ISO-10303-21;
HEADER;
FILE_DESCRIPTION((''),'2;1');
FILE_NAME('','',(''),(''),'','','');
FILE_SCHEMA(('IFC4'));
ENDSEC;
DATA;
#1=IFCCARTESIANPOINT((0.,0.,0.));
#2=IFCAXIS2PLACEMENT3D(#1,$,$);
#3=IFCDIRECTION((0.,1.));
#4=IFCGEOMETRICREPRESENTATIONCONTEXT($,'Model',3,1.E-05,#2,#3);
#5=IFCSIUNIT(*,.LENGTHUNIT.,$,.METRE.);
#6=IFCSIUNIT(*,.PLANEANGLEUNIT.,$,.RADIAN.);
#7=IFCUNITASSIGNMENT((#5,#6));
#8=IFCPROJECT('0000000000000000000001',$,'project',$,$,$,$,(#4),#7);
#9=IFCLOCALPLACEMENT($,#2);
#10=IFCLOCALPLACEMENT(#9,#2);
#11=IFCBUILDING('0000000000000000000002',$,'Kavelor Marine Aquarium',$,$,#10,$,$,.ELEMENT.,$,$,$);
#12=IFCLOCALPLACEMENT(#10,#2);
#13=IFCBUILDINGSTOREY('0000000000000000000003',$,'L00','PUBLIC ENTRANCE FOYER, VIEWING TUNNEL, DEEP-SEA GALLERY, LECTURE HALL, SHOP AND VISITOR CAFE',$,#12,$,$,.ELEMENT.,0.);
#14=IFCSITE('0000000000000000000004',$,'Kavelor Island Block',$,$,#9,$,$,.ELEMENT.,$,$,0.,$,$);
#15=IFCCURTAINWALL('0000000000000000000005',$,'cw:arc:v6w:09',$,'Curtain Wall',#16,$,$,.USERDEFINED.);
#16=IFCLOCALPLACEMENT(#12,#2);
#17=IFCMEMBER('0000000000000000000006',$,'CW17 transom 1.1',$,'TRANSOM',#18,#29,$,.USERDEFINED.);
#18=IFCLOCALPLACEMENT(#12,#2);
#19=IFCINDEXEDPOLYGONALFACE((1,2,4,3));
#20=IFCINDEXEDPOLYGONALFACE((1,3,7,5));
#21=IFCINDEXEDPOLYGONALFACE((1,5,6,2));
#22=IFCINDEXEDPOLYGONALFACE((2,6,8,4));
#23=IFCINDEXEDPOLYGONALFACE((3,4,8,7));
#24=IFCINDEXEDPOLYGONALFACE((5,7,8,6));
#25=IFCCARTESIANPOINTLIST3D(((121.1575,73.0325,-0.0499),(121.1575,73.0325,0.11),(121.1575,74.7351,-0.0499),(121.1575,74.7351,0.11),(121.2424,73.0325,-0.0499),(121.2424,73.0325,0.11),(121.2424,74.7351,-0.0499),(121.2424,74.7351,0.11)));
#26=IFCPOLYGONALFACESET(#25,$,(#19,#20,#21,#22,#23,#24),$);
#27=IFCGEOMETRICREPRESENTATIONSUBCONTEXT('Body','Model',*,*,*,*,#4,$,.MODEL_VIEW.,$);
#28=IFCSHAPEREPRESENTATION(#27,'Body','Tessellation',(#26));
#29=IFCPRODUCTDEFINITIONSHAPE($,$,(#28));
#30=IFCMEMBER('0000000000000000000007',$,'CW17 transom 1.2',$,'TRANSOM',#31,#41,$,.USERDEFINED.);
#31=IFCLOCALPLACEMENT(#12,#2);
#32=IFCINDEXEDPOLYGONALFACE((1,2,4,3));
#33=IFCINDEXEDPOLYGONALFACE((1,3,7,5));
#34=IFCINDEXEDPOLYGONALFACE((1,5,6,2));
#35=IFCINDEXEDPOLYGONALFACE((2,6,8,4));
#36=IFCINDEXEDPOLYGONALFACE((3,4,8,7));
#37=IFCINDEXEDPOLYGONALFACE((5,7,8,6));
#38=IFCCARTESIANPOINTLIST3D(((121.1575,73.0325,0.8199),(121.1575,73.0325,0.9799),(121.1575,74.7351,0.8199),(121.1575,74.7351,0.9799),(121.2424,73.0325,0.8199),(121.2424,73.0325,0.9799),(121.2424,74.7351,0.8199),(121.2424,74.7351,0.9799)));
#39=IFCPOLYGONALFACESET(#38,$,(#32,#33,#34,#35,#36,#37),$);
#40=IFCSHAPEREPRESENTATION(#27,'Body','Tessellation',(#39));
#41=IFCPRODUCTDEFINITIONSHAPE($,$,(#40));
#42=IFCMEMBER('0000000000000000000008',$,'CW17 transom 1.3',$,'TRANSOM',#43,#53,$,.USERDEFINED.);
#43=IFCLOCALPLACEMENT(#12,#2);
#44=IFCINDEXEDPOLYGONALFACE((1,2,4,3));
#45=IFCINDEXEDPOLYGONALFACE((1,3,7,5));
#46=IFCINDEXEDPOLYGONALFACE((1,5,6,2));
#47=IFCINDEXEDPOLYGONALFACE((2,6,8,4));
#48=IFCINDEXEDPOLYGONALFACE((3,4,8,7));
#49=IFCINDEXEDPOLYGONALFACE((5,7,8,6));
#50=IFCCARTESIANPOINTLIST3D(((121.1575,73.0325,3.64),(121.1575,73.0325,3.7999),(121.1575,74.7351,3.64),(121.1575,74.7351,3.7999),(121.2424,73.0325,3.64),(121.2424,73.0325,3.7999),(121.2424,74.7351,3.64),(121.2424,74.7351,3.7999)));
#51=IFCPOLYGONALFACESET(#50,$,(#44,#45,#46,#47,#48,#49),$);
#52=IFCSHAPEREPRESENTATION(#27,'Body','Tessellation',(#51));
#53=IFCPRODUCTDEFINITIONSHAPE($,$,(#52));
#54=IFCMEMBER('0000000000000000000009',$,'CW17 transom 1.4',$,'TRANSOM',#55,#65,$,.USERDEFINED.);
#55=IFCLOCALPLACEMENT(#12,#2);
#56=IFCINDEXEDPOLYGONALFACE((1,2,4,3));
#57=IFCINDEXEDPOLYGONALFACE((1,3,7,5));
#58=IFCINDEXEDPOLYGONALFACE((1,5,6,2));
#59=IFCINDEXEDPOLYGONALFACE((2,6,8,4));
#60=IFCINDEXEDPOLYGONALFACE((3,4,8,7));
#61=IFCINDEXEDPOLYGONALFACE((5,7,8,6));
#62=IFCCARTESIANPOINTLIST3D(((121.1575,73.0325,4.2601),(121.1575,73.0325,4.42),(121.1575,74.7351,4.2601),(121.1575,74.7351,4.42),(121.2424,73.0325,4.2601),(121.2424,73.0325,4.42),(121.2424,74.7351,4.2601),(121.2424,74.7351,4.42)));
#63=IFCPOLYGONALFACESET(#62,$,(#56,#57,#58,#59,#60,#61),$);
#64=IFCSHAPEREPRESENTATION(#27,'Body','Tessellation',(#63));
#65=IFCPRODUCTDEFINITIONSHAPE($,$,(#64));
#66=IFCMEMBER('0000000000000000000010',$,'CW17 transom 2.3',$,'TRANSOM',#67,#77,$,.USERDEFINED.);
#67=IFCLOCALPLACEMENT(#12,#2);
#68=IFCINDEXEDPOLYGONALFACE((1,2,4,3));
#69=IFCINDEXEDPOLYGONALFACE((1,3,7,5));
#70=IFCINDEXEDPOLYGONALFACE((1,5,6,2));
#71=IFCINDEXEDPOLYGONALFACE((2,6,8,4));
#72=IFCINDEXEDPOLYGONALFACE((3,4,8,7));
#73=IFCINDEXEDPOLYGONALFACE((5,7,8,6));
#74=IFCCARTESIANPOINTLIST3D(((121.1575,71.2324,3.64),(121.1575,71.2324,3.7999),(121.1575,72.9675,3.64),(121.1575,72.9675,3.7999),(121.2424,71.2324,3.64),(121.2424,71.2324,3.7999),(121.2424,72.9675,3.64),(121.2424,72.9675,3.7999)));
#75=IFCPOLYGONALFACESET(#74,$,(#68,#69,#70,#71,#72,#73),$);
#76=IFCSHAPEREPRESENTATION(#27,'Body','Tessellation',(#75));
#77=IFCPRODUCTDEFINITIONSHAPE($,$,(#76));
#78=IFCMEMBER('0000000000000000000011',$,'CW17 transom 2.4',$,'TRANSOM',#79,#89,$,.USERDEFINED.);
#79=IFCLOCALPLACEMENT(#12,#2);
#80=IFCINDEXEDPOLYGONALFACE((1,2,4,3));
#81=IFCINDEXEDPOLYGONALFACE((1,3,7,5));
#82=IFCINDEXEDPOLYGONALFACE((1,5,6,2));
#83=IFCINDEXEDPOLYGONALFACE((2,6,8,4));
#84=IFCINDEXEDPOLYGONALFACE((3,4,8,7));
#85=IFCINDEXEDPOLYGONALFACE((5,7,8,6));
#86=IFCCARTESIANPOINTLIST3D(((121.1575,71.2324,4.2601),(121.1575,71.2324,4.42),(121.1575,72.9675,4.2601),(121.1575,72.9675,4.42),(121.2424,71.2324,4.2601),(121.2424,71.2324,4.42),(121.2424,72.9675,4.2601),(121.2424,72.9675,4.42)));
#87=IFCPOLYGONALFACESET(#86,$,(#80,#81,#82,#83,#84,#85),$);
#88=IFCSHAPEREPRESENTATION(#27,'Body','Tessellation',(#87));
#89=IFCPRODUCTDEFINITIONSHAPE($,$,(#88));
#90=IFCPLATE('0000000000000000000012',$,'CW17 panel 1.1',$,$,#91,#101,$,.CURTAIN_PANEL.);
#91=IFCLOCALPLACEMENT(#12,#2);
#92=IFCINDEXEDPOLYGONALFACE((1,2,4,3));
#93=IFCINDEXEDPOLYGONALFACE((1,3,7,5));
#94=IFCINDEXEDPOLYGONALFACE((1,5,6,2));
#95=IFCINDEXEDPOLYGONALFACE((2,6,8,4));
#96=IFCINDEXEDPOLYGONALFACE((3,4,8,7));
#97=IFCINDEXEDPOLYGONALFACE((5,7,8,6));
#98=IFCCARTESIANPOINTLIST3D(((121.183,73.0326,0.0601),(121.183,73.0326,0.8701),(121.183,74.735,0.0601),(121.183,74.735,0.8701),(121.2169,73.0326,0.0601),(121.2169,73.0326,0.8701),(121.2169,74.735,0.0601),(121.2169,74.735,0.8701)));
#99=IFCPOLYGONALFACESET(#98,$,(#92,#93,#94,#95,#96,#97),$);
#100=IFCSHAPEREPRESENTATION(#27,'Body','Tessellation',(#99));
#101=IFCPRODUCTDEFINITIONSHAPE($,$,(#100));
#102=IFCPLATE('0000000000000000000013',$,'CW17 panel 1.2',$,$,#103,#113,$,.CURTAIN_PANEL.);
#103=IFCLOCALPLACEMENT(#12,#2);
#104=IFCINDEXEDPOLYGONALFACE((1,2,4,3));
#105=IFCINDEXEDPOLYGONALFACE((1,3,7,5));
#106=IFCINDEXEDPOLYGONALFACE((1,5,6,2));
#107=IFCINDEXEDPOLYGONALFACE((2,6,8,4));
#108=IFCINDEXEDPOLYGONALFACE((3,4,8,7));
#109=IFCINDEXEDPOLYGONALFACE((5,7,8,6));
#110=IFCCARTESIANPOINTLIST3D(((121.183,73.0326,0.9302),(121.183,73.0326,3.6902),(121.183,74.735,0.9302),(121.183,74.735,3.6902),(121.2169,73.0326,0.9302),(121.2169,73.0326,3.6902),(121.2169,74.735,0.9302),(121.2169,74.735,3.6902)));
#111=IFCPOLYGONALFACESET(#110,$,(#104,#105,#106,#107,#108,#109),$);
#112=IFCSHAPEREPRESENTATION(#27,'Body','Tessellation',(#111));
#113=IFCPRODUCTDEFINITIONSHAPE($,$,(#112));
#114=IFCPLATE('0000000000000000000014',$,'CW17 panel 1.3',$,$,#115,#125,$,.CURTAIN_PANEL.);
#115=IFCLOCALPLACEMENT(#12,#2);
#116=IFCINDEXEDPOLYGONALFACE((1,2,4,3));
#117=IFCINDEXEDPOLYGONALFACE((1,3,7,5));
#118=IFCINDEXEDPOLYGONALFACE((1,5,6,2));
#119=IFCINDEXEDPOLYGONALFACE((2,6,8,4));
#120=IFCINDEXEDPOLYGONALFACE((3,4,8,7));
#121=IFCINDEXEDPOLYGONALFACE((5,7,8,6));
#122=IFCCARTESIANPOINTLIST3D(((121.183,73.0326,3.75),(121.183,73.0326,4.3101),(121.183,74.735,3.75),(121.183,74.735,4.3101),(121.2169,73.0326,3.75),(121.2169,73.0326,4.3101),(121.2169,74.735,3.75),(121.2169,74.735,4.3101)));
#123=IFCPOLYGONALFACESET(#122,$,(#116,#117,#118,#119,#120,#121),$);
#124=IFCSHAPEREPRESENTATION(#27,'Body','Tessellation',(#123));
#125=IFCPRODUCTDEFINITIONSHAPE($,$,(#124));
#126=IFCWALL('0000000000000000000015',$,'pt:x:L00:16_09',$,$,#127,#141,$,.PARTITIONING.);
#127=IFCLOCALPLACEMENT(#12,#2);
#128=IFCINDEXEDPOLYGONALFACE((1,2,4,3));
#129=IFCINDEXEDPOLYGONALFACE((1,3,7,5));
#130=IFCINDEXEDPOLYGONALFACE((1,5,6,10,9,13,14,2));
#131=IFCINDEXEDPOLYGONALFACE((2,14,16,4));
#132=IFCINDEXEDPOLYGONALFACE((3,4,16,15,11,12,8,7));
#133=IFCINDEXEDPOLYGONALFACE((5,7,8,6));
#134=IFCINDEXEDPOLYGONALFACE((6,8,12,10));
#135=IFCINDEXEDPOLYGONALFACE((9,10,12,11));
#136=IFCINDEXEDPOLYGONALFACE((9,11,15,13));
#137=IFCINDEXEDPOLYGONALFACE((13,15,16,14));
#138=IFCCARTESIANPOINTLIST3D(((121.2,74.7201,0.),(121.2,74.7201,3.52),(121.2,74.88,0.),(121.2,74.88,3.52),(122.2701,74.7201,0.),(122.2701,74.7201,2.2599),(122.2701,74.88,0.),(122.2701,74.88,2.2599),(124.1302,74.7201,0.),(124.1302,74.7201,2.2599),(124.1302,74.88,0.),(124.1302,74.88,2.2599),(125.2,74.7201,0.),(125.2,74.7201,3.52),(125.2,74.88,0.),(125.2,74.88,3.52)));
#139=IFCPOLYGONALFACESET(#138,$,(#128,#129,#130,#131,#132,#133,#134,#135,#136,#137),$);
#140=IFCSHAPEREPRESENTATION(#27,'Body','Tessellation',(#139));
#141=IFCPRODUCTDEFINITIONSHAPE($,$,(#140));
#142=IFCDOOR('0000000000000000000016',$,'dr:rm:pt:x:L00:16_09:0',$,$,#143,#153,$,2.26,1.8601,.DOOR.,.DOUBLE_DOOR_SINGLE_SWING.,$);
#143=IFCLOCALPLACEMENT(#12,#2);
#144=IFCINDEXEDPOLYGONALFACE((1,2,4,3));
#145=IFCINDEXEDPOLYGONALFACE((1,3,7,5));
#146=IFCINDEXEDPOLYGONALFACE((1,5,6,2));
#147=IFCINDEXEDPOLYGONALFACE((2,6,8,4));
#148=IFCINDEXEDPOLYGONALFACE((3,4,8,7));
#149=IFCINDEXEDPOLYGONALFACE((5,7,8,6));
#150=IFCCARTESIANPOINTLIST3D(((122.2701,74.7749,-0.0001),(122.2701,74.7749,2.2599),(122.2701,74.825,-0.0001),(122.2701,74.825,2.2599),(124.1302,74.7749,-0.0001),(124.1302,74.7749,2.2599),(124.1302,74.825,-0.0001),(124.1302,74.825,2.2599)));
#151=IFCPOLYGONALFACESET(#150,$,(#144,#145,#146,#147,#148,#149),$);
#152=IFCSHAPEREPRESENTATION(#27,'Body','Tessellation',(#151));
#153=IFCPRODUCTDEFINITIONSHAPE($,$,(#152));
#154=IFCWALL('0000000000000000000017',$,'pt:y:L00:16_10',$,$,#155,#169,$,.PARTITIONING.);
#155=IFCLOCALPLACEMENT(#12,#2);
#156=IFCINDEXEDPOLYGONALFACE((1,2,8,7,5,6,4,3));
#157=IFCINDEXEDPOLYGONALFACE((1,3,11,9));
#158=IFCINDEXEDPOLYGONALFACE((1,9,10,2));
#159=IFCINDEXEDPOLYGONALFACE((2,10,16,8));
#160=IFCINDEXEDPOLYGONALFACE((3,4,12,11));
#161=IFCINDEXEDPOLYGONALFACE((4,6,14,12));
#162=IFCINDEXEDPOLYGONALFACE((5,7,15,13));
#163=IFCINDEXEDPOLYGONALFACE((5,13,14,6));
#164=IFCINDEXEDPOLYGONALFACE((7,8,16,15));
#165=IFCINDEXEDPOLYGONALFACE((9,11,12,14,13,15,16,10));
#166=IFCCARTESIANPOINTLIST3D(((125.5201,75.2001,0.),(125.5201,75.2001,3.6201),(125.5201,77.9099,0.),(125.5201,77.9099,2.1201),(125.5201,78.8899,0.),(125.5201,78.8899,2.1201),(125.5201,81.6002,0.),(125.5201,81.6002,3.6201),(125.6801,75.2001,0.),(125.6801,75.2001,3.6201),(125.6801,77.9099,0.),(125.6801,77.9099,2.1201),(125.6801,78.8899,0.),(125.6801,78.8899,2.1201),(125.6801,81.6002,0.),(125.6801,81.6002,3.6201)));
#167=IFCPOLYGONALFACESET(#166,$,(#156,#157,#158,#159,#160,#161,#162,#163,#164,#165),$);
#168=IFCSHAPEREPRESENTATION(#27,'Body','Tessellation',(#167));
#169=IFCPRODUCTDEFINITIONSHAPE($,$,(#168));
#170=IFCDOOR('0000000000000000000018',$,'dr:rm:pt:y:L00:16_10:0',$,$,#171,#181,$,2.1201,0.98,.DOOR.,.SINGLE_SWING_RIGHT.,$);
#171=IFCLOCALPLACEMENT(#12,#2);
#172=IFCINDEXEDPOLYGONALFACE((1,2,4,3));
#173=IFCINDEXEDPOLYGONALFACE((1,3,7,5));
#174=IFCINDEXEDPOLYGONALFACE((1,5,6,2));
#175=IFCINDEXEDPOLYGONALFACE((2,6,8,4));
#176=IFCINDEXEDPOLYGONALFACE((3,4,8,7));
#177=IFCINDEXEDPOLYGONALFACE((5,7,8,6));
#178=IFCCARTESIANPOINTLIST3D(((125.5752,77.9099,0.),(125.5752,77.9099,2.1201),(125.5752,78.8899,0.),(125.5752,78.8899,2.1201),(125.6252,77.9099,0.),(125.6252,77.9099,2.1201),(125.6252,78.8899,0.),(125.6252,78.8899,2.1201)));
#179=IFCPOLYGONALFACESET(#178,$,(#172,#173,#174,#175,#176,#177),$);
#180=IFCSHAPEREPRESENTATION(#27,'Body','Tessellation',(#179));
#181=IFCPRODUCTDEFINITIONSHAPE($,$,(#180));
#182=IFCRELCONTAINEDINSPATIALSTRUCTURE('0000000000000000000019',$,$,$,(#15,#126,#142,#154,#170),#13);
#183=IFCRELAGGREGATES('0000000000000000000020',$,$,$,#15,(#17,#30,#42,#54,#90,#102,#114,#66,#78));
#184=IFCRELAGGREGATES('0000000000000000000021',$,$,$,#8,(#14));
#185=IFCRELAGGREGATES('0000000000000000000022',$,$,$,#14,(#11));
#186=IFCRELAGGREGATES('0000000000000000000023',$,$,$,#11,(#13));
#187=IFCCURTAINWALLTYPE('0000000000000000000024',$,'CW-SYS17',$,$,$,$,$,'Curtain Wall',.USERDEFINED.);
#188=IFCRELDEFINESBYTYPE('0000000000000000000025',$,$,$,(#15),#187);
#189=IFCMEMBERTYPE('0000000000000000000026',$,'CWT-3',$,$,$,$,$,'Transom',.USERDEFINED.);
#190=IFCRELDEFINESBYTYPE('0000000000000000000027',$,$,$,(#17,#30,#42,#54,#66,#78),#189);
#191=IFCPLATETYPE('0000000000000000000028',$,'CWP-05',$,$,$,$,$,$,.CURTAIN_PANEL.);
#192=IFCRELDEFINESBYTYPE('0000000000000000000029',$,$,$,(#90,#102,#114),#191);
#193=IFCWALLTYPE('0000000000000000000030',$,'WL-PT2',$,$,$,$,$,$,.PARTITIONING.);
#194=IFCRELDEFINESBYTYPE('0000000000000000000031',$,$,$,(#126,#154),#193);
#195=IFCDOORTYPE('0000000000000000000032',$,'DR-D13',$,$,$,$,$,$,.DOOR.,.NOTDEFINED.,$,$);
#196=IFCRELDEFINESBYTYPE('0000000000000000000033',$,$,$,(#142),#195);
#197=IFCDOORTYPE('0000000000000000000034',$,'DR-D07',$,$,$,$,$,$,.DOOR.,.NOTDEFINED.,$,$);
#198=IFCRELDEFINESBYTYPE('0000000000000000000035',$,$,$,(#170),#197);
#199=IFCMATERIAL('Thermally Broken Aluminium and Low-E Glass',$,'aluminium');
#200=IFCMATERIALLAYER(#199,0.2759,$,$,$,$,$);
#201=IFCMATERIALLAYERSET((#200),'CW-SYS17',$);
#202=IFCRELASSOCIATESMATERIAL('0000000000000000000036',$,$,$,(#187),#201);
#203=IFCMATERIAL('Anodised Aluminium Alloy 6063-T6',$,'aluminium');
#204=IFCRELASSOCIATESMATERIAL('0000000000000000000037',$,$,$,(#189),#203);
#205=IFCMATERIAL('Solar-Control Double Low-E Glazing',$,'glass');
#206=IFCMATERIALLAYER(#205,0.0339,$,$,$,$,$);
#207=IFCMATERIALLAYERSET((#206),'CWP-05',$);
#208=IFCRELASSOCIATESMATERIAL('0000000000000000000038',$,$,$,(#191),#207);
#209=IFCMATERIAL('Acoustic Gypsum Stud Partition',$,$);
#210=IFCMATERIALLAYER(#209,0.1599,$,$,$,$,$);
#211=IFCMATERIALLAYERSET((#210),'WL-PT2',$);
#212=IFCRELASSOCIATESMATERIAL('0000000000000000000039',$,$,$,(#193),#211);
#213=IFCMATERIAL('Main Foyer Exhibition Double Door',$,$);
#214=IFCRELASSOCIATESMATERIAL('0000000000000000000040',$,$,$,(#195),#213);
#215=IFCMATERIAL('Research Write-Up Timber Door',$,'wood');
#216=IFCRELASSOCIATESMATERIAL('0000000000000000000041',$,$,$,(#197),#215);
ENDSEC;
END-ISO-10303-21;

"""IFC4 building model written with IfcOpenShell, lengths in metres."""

from ifc_helpers import new_model, si_unit, direction, frame, frame_2d, origin, origin_2d, place, context, subcontext, project, spatial, rectangle, extrude, material, layer, layer_set, material_profile, profile_set, type_object, element, fill, aggregate, save


model = new_model("IFC4")

# Units and contexts
model_context = context("Model", 3, precision=1e-05, world=origin(), true_north=direction((0.0, 1.0)))
body_context = subcontext(model_context, "Body", "Model", "MODEL_VIEW")
ifc_project = project(units=[si_unit("LENGTHUNIT", "METRE"), si_unit("PLANEANGLEUNIT", "RADIAN")], contexts=[model_context])

# Site, building, storey
site_placement = place(None, origin())
site = spatial("IfcSite", under=ifc_project, at=site_placement, Name="Kavelor Island Block", CompositionType="ELEMENT", RefElevation=0.0)
building_placement = place(site_placement, origin())
building = spatial("IfcBuilding", under=site, at=building_placement, Name="Kavelor Marine Aquarium", CompositionType="ELEMENT")
storey_placement = place(building_placement, origin())
storey = spatial("IfcBuildingStorey", under=building, at=storey_placement, Name="L00", Description="PUBLIC ENTRANCE FOYER, VIEWING TUNNEL, DEEP-SEA GALLERY, LECTURE HALL, SHOP AND VISITOR CAFE", CompositionType="ELEMENT", Elevation=0.0)

# Curtain wall, members, plates
ifc_material_1 = material(Name="Thermally Broken Aluminium and Low-E Glass", Category="aluminium")
ifc_layer_1 = layer(ifc_material_1, 0.2759)
ifc_layer_set_1 = layer_set([ifc_layer_1], Name="CW-SYS17")
curtain_wall_type = type_object("IfcCurtainWallType", Name="CW-SYS17", ElementType="Curtain Wall", PredefinedType="USERDEFINED", material=ifc_layer_set_1)
curtain_wall_placement = place(storey_placement, origin())
curtain_wall = element("IfcCurtainWall", 1, at=curtain_wall_placement, inside=storey, type_object=curtain_wall_type, Name="cw:arc:v6w:09", ObjectType="Curtain Wall", PredefinedType="USERDEFINED")
ifc_material_2 = material(Name="Anodised Aluminium Alloy 6063-T6", Category="aluminium")
ifc_material_profile_1 = material_profile(ifc_material_2, rectangle(XDim=0.085, YDim=0.1599, at=origin_2d()), Name="CW-TRN 85x160")
ifc_profile_set_1 = profile_set([ifc_material_profile_1], Name="Anodised Aluminium Alloy 6063-T6")
member_type_1 = type_object("IfcMemberType", Name="CWT-3", ElementType="Transom", PredefinedType="USERDEFINED", material=ifc_profile_set_1)
member_1_placement = place(storey_placement, frame((121.2, 74.7351, 0.03), z_axis=(0.0, -1.0, 0.0), x_axis=(1.0, 0.0, 0.0)))
member_1 = element("IfcMember", 2, at=member_1_placement, type_object=member_type_1, Name="CW17 transom 1.1", ObjectType="TRANSOM", PredefinedType="USERDEFINED", context=body_context, shape_type="SweptSolid", body=[
    extrude(rectangle(XDim=0.085, YDim=0.1599, at=origin_2d()), origin(), (0.0, 0.0, 1.0), 1.7026),
])
member_2_placement = place(storey_placement, frame((121.2, 74.7351, 0.8999), z_axis=(0.0, -1.0, 0.0), x_axis=(1.0, 0.0, 0.0)))
member_2 = element("IfcMember", 3, at=member_2_placement, type_object=member_type_1, Name="CW17 transom 1.2", ObjectType="TRANSOM", PredefinedType="USERDEFINED", context=body_context, shape_type="SweptSolid", body=[
    extrude(rectangle(XDim=0.085, YDim=0.1599, at=origin_2d()), origin(), (0.0, 0.0, 1.0), 1.7026),
])
member_3_placement = place(storey_placement, frame((121.2, 74.7351, 3.72), z_axis=(0.0, -1.0, 0.0), x_axis=(1.0, 0.0, 0.0)))
member_3 = element("IfcMember", 4, at=member_3_placement, type_object=member_type_1, Name="CW17 transom 1.3", ObjectType="TRANSOM", PredefinedType="USERDEFINED", context=body_context, shape_type="SweptSolid", body=[
    extrude(rectangle(XDim=0.085, YDim=0.1599, at=origin_2d()), origin(), (0.0, 0.0, 1.0), 1.7026),
])
member_4_placement = place(storey_placement, frame((121.2, 74.7351, 4.3401), z_axis=(0.0, -1.0, 0.0), x_axis=(1.0, 0.0, 0.0)))
member_4 = element("IfcMember", 5, at=member_4_placement, type_object=member_type_1, Name="CW17 transom 1.4", ObjectType="TRANSOM", PredefinedType="USERDEFINED", context=body_context, shape_type="SweptSolid", body=[
    extrude(rectangle(XDim=0.085, YDim=0.1599, at=origin_2d()), origin(), (0.0, 0.0, 1.0), 1.7026),
])
member_5_placement = place(storey_placement, frame((121.2, 72.9675, 3.72), z_axis=(0.0, -1.0, 0.0), x_axis=(1.0, 0.0, 0.0)))
member_5 = element("IfcMember", 6, at=member_5_placement, type_object=member_type_1, Name="CW17 transom 2.3", ObjectType="TRANSOM", PredefinedType="USERDEFINED", context=body_context, shape_type="SweptSolid", body=[
    extrude(rectangle(XDim=0.085, YDim=0.1599, at=origin_2d()), origin(), (0.0, 0.0, 1.0), 1.7351),
])
member_6_placement = place(storey_placement, frame((121.2, 72.9675, 4.3401), z_axis=(0.0, -1.0, 0.0), x_axis=(1.0, 0.0, 0.0)))
member_6 = element("IfcMember", 7, at=member_6_placement, type_object=member_type_1, Name="CW17 transom 2.4", ObjectType="TRANSOM", PredefinedType="USERDEFINED", context=body_context, shape_type="SweptSolid", body=[
    extrude(rectangle(XDim=0.085, YDim=0.1599, at=origin_2d()), origin(), (0.0, 0.0, 1.0), 1.7351),
])
ifc_material_3 = material(Name="Solar-Control Double Low-E Glazing", Category="glass")
ifc_layer_2 = layer(ifc_material_3, 0.0339)
ifc_layer_set_2 = layer_set([ifc_layer_2], Name="CWP-05")
plate_type = type_object("IfcPlateType", Name="CWP-05", PredefinedType="CURTAIN_PANEL", material=ifc_layer_set_2)
plate_1_placement = place(storey_placement, frame((121.2, 73.8838, 0.0601), z_axis=(0.0, 0.0, 1.0), x_axis=(0.0, -1.0, 0.0)))
plate_1 = element("IfcPlate", 8, at=plate_1_placement, type_object=plate_type, Name="CW17 panel 1.1", PredefinedType="CURTAIN_PANEL", context=body_context, shape_type="SweptSolid", body=[
    extrude(rectangle(XDim=1.7024, YDim=0.0339, at=origin_2d()), origin(), (0.0, 0.0, 1.0), 0.8101),
])
plate_2_placement = place(storey_placement, frame((121.2, 73.8838, 0.9302), z_axis=(0.0, 0.0, 1.0), x_axis=(0.0, -1.0, 0.0)))
plate_2 = element("IfcPlate", 9, at=plate_2_placement, type_object=plate_type, Name="CW17 panel 1.2", PredefinedType="CURTAIN_PANEL", context=body_context, shape_type="SweptSolid", body=[
    extrude(rectangle(XDim=1.7024, YDim=0.0339, at=origin_2d()), origin(), (0.0, 0.0, 1.0), 2.76),
])
plate_3_placement = place(storey_placement, frame((121.2, 73.8838, 3.75), z_axis=(0.0, 0.0, 1.0), x_axis=(0.0, -1.0, 0.0)))
plate_3 = element("IfcPlate", 10, at=plate_3_placement, type_object=plate_type, Name="CW17 panel 1.3", PredefinedType="CURTAIN_PANEL", context=body_context, shape_type="SweptSolid", body=[
    extrude(rectangle(XDim=1.7024, YDim=0.0339, at=origin_2d()), origin(), (0.0, 0.0, 1.0), 0.5601),
])
aggregate(curtain_wall, [member_1, member_2, member_3, member_4, plate_1, plate_2, plate_3, member_5, member_6])

# Walls, openings, doors
ifc_material_4 = material(Name="Acoustic Gypsum Stud Partition")
ifc_layer_3 = layer(ifc_material_4, 0.1599)
ifc_layer_set_3 = layer_set([ifc_layer_3], Name="WL-PT2")
wall_type_1 = type_object("IfcWallType", Name="WL-PT2", PredefinedType="PARTITIONING", material=ifc_layer_set_3)
wall_1_placement = place(storey_placement, frame((121.2, 74.8, 0.0), z_axis=(0.0, 0.0, 1.0), x_axis=(1.0, 0.0, 0.0)))
wall_1 = element("IfcWall", 11, at=wall_1_placement, inside=storey, type_object=wall_type_1, Name="pt:x:L00:16_09", PredefinedType="PARTITIONING", context=body_context, shape_type="SweptSolid", body=[
    extrude(rectangle(XDim=4.0, YDim=0.1599, at=frame_2d((2.0, 0.0))), origin(), (0.0, 0.0, 1.0), 3.52),
])
opening_1_placement = place(wall_1_placement, frame((1.0701, 0.0, 0.0)))
opening_1 = element("IfcOpeningElement", 12, at=opening_1_placement, cuts=wall_1, PredefinedType="OPENING", context=body_context, shape_type="SweptSolid", body=[
    extrude(rectangle(XDim=1.8601, YDim=2.26, at=frame_2d((0.9302, 1.1299))), frame((0.0, 0.0898, 0.0), z_axis=(0.0, -1.0, 0.0), x_axis=(1.0, 0.0, 0.0)), (0.0, 0.0, 1.0), 0.1799),
])
ifc_material_5 = material(Name="Main Foyer Exhibition Double Door")
door_type_1 = type_object("IfcDoorType", Name="DR-D13", OperationType="NOTDEFINED", PredefinedType="DOOR", material=ifc_material_5)
door_1_placement = place(opening_1_placement, origin())
door_1 = element("IfcDoor", 13, at=door_1_placement, inside=storey, type_object=door_type_1, Name="dr:rm:pt:x:L00:16_09:0", OperationType="DOUBLE_DOOR_SINGLE_SWING", OverallHeight=2.26, OverallWidth=1.8601, PredefinedType="DOOR", context=body_context, shape_type="SweptSolid", body=[
    extrude(rectangle(XDim=1.8601, YDim=2.26, at=frame_2d((0.9302, 1.1299))), frame((0.0, 0.0249, 0.0), z_axis=(0.0, -1.0, 0.0), x_axis=(1.0, 0.0, 0.0)), (0.0, 0.0, 1.0), 0.05),
])
fill(opening_1, door_1)
wall_2_placement = place(storey_placement, frame((125.6001, 75.2, 0.0), z_axis=(0.0, 0.0, 1.0), x_axis=(0.0, 1.0, 0.0)))
wall_2 = element("IfcWall", 14, at=wall_2_placement, inside=storey, type_object=wall_type_1, Name="pt:y:L00:16_10", PredefinedType="PARTITIONING", context=body_context, shape_type="SweptSolid", body=[
    extrude(rectangle(XDim=6.4001, YDim=0.1599, at=frame_2d((3.2002, 0.0))), origin(), (0.0, 0.0, 1.0), 3.6201),
])
opening_2_placement = place(wall_2_placement, frame((2.71, 0.0, 0.0)))
opening_2 = element("IfcOpeningElement", 15, at=opening_2_placement, cuts=wall_2, PredefinedType="OPENING", context=body_context, shape_type="SweptSolid", body=[
    extrude(rectangle(XDim=0.98, YDim=2.1201, at=frame_2d((0.49, 1.0601))), frame((0.0, 0.0898, 0.0), z_axis=(0.0, -1.0, 0.0), x_axis=(1.0, 0.0, 0.0)), (0.0, 0.0, 1.0), 0.1799),
])
ifc_material_6 = material(Name="Research Write-Up Timber Door", Category="wood")
door_type_2 = type_object("IfcDoorType", Name="DR-D07", OperationType="NOTDEFINED", PredefinedType="DOOR", material=ifc_material_6)
door_2_placement = place(opening_2_placement, origin())
door_2 = element("IfcDoor", 16, at=door_2_placement, inside=storey, type_object=door_type_2, Name="dr:rm:pt:y:L00:16_10:0", OperationType="SINGLE_SWING_RIGHT", OverallHeight=2.1201, OverallWidth=0.98, PredefinedType="DOOR", context=body_context, shape_type="SweptSolid", body=[
    extrude(rectangle(XDim=0.98, YDim=2.1201, at=frame_2d((0.49, 1.0601))), frame((0.0, 0.0249, 0.0), z_axis=(0.0, -1.0, 0.0), x_axis=(1.0, 0.0, 0.0)), (0.0, 0.0, 1.0), 0.05),
])
fill(opening_2, door_2)

save(model, "model.ifc")
